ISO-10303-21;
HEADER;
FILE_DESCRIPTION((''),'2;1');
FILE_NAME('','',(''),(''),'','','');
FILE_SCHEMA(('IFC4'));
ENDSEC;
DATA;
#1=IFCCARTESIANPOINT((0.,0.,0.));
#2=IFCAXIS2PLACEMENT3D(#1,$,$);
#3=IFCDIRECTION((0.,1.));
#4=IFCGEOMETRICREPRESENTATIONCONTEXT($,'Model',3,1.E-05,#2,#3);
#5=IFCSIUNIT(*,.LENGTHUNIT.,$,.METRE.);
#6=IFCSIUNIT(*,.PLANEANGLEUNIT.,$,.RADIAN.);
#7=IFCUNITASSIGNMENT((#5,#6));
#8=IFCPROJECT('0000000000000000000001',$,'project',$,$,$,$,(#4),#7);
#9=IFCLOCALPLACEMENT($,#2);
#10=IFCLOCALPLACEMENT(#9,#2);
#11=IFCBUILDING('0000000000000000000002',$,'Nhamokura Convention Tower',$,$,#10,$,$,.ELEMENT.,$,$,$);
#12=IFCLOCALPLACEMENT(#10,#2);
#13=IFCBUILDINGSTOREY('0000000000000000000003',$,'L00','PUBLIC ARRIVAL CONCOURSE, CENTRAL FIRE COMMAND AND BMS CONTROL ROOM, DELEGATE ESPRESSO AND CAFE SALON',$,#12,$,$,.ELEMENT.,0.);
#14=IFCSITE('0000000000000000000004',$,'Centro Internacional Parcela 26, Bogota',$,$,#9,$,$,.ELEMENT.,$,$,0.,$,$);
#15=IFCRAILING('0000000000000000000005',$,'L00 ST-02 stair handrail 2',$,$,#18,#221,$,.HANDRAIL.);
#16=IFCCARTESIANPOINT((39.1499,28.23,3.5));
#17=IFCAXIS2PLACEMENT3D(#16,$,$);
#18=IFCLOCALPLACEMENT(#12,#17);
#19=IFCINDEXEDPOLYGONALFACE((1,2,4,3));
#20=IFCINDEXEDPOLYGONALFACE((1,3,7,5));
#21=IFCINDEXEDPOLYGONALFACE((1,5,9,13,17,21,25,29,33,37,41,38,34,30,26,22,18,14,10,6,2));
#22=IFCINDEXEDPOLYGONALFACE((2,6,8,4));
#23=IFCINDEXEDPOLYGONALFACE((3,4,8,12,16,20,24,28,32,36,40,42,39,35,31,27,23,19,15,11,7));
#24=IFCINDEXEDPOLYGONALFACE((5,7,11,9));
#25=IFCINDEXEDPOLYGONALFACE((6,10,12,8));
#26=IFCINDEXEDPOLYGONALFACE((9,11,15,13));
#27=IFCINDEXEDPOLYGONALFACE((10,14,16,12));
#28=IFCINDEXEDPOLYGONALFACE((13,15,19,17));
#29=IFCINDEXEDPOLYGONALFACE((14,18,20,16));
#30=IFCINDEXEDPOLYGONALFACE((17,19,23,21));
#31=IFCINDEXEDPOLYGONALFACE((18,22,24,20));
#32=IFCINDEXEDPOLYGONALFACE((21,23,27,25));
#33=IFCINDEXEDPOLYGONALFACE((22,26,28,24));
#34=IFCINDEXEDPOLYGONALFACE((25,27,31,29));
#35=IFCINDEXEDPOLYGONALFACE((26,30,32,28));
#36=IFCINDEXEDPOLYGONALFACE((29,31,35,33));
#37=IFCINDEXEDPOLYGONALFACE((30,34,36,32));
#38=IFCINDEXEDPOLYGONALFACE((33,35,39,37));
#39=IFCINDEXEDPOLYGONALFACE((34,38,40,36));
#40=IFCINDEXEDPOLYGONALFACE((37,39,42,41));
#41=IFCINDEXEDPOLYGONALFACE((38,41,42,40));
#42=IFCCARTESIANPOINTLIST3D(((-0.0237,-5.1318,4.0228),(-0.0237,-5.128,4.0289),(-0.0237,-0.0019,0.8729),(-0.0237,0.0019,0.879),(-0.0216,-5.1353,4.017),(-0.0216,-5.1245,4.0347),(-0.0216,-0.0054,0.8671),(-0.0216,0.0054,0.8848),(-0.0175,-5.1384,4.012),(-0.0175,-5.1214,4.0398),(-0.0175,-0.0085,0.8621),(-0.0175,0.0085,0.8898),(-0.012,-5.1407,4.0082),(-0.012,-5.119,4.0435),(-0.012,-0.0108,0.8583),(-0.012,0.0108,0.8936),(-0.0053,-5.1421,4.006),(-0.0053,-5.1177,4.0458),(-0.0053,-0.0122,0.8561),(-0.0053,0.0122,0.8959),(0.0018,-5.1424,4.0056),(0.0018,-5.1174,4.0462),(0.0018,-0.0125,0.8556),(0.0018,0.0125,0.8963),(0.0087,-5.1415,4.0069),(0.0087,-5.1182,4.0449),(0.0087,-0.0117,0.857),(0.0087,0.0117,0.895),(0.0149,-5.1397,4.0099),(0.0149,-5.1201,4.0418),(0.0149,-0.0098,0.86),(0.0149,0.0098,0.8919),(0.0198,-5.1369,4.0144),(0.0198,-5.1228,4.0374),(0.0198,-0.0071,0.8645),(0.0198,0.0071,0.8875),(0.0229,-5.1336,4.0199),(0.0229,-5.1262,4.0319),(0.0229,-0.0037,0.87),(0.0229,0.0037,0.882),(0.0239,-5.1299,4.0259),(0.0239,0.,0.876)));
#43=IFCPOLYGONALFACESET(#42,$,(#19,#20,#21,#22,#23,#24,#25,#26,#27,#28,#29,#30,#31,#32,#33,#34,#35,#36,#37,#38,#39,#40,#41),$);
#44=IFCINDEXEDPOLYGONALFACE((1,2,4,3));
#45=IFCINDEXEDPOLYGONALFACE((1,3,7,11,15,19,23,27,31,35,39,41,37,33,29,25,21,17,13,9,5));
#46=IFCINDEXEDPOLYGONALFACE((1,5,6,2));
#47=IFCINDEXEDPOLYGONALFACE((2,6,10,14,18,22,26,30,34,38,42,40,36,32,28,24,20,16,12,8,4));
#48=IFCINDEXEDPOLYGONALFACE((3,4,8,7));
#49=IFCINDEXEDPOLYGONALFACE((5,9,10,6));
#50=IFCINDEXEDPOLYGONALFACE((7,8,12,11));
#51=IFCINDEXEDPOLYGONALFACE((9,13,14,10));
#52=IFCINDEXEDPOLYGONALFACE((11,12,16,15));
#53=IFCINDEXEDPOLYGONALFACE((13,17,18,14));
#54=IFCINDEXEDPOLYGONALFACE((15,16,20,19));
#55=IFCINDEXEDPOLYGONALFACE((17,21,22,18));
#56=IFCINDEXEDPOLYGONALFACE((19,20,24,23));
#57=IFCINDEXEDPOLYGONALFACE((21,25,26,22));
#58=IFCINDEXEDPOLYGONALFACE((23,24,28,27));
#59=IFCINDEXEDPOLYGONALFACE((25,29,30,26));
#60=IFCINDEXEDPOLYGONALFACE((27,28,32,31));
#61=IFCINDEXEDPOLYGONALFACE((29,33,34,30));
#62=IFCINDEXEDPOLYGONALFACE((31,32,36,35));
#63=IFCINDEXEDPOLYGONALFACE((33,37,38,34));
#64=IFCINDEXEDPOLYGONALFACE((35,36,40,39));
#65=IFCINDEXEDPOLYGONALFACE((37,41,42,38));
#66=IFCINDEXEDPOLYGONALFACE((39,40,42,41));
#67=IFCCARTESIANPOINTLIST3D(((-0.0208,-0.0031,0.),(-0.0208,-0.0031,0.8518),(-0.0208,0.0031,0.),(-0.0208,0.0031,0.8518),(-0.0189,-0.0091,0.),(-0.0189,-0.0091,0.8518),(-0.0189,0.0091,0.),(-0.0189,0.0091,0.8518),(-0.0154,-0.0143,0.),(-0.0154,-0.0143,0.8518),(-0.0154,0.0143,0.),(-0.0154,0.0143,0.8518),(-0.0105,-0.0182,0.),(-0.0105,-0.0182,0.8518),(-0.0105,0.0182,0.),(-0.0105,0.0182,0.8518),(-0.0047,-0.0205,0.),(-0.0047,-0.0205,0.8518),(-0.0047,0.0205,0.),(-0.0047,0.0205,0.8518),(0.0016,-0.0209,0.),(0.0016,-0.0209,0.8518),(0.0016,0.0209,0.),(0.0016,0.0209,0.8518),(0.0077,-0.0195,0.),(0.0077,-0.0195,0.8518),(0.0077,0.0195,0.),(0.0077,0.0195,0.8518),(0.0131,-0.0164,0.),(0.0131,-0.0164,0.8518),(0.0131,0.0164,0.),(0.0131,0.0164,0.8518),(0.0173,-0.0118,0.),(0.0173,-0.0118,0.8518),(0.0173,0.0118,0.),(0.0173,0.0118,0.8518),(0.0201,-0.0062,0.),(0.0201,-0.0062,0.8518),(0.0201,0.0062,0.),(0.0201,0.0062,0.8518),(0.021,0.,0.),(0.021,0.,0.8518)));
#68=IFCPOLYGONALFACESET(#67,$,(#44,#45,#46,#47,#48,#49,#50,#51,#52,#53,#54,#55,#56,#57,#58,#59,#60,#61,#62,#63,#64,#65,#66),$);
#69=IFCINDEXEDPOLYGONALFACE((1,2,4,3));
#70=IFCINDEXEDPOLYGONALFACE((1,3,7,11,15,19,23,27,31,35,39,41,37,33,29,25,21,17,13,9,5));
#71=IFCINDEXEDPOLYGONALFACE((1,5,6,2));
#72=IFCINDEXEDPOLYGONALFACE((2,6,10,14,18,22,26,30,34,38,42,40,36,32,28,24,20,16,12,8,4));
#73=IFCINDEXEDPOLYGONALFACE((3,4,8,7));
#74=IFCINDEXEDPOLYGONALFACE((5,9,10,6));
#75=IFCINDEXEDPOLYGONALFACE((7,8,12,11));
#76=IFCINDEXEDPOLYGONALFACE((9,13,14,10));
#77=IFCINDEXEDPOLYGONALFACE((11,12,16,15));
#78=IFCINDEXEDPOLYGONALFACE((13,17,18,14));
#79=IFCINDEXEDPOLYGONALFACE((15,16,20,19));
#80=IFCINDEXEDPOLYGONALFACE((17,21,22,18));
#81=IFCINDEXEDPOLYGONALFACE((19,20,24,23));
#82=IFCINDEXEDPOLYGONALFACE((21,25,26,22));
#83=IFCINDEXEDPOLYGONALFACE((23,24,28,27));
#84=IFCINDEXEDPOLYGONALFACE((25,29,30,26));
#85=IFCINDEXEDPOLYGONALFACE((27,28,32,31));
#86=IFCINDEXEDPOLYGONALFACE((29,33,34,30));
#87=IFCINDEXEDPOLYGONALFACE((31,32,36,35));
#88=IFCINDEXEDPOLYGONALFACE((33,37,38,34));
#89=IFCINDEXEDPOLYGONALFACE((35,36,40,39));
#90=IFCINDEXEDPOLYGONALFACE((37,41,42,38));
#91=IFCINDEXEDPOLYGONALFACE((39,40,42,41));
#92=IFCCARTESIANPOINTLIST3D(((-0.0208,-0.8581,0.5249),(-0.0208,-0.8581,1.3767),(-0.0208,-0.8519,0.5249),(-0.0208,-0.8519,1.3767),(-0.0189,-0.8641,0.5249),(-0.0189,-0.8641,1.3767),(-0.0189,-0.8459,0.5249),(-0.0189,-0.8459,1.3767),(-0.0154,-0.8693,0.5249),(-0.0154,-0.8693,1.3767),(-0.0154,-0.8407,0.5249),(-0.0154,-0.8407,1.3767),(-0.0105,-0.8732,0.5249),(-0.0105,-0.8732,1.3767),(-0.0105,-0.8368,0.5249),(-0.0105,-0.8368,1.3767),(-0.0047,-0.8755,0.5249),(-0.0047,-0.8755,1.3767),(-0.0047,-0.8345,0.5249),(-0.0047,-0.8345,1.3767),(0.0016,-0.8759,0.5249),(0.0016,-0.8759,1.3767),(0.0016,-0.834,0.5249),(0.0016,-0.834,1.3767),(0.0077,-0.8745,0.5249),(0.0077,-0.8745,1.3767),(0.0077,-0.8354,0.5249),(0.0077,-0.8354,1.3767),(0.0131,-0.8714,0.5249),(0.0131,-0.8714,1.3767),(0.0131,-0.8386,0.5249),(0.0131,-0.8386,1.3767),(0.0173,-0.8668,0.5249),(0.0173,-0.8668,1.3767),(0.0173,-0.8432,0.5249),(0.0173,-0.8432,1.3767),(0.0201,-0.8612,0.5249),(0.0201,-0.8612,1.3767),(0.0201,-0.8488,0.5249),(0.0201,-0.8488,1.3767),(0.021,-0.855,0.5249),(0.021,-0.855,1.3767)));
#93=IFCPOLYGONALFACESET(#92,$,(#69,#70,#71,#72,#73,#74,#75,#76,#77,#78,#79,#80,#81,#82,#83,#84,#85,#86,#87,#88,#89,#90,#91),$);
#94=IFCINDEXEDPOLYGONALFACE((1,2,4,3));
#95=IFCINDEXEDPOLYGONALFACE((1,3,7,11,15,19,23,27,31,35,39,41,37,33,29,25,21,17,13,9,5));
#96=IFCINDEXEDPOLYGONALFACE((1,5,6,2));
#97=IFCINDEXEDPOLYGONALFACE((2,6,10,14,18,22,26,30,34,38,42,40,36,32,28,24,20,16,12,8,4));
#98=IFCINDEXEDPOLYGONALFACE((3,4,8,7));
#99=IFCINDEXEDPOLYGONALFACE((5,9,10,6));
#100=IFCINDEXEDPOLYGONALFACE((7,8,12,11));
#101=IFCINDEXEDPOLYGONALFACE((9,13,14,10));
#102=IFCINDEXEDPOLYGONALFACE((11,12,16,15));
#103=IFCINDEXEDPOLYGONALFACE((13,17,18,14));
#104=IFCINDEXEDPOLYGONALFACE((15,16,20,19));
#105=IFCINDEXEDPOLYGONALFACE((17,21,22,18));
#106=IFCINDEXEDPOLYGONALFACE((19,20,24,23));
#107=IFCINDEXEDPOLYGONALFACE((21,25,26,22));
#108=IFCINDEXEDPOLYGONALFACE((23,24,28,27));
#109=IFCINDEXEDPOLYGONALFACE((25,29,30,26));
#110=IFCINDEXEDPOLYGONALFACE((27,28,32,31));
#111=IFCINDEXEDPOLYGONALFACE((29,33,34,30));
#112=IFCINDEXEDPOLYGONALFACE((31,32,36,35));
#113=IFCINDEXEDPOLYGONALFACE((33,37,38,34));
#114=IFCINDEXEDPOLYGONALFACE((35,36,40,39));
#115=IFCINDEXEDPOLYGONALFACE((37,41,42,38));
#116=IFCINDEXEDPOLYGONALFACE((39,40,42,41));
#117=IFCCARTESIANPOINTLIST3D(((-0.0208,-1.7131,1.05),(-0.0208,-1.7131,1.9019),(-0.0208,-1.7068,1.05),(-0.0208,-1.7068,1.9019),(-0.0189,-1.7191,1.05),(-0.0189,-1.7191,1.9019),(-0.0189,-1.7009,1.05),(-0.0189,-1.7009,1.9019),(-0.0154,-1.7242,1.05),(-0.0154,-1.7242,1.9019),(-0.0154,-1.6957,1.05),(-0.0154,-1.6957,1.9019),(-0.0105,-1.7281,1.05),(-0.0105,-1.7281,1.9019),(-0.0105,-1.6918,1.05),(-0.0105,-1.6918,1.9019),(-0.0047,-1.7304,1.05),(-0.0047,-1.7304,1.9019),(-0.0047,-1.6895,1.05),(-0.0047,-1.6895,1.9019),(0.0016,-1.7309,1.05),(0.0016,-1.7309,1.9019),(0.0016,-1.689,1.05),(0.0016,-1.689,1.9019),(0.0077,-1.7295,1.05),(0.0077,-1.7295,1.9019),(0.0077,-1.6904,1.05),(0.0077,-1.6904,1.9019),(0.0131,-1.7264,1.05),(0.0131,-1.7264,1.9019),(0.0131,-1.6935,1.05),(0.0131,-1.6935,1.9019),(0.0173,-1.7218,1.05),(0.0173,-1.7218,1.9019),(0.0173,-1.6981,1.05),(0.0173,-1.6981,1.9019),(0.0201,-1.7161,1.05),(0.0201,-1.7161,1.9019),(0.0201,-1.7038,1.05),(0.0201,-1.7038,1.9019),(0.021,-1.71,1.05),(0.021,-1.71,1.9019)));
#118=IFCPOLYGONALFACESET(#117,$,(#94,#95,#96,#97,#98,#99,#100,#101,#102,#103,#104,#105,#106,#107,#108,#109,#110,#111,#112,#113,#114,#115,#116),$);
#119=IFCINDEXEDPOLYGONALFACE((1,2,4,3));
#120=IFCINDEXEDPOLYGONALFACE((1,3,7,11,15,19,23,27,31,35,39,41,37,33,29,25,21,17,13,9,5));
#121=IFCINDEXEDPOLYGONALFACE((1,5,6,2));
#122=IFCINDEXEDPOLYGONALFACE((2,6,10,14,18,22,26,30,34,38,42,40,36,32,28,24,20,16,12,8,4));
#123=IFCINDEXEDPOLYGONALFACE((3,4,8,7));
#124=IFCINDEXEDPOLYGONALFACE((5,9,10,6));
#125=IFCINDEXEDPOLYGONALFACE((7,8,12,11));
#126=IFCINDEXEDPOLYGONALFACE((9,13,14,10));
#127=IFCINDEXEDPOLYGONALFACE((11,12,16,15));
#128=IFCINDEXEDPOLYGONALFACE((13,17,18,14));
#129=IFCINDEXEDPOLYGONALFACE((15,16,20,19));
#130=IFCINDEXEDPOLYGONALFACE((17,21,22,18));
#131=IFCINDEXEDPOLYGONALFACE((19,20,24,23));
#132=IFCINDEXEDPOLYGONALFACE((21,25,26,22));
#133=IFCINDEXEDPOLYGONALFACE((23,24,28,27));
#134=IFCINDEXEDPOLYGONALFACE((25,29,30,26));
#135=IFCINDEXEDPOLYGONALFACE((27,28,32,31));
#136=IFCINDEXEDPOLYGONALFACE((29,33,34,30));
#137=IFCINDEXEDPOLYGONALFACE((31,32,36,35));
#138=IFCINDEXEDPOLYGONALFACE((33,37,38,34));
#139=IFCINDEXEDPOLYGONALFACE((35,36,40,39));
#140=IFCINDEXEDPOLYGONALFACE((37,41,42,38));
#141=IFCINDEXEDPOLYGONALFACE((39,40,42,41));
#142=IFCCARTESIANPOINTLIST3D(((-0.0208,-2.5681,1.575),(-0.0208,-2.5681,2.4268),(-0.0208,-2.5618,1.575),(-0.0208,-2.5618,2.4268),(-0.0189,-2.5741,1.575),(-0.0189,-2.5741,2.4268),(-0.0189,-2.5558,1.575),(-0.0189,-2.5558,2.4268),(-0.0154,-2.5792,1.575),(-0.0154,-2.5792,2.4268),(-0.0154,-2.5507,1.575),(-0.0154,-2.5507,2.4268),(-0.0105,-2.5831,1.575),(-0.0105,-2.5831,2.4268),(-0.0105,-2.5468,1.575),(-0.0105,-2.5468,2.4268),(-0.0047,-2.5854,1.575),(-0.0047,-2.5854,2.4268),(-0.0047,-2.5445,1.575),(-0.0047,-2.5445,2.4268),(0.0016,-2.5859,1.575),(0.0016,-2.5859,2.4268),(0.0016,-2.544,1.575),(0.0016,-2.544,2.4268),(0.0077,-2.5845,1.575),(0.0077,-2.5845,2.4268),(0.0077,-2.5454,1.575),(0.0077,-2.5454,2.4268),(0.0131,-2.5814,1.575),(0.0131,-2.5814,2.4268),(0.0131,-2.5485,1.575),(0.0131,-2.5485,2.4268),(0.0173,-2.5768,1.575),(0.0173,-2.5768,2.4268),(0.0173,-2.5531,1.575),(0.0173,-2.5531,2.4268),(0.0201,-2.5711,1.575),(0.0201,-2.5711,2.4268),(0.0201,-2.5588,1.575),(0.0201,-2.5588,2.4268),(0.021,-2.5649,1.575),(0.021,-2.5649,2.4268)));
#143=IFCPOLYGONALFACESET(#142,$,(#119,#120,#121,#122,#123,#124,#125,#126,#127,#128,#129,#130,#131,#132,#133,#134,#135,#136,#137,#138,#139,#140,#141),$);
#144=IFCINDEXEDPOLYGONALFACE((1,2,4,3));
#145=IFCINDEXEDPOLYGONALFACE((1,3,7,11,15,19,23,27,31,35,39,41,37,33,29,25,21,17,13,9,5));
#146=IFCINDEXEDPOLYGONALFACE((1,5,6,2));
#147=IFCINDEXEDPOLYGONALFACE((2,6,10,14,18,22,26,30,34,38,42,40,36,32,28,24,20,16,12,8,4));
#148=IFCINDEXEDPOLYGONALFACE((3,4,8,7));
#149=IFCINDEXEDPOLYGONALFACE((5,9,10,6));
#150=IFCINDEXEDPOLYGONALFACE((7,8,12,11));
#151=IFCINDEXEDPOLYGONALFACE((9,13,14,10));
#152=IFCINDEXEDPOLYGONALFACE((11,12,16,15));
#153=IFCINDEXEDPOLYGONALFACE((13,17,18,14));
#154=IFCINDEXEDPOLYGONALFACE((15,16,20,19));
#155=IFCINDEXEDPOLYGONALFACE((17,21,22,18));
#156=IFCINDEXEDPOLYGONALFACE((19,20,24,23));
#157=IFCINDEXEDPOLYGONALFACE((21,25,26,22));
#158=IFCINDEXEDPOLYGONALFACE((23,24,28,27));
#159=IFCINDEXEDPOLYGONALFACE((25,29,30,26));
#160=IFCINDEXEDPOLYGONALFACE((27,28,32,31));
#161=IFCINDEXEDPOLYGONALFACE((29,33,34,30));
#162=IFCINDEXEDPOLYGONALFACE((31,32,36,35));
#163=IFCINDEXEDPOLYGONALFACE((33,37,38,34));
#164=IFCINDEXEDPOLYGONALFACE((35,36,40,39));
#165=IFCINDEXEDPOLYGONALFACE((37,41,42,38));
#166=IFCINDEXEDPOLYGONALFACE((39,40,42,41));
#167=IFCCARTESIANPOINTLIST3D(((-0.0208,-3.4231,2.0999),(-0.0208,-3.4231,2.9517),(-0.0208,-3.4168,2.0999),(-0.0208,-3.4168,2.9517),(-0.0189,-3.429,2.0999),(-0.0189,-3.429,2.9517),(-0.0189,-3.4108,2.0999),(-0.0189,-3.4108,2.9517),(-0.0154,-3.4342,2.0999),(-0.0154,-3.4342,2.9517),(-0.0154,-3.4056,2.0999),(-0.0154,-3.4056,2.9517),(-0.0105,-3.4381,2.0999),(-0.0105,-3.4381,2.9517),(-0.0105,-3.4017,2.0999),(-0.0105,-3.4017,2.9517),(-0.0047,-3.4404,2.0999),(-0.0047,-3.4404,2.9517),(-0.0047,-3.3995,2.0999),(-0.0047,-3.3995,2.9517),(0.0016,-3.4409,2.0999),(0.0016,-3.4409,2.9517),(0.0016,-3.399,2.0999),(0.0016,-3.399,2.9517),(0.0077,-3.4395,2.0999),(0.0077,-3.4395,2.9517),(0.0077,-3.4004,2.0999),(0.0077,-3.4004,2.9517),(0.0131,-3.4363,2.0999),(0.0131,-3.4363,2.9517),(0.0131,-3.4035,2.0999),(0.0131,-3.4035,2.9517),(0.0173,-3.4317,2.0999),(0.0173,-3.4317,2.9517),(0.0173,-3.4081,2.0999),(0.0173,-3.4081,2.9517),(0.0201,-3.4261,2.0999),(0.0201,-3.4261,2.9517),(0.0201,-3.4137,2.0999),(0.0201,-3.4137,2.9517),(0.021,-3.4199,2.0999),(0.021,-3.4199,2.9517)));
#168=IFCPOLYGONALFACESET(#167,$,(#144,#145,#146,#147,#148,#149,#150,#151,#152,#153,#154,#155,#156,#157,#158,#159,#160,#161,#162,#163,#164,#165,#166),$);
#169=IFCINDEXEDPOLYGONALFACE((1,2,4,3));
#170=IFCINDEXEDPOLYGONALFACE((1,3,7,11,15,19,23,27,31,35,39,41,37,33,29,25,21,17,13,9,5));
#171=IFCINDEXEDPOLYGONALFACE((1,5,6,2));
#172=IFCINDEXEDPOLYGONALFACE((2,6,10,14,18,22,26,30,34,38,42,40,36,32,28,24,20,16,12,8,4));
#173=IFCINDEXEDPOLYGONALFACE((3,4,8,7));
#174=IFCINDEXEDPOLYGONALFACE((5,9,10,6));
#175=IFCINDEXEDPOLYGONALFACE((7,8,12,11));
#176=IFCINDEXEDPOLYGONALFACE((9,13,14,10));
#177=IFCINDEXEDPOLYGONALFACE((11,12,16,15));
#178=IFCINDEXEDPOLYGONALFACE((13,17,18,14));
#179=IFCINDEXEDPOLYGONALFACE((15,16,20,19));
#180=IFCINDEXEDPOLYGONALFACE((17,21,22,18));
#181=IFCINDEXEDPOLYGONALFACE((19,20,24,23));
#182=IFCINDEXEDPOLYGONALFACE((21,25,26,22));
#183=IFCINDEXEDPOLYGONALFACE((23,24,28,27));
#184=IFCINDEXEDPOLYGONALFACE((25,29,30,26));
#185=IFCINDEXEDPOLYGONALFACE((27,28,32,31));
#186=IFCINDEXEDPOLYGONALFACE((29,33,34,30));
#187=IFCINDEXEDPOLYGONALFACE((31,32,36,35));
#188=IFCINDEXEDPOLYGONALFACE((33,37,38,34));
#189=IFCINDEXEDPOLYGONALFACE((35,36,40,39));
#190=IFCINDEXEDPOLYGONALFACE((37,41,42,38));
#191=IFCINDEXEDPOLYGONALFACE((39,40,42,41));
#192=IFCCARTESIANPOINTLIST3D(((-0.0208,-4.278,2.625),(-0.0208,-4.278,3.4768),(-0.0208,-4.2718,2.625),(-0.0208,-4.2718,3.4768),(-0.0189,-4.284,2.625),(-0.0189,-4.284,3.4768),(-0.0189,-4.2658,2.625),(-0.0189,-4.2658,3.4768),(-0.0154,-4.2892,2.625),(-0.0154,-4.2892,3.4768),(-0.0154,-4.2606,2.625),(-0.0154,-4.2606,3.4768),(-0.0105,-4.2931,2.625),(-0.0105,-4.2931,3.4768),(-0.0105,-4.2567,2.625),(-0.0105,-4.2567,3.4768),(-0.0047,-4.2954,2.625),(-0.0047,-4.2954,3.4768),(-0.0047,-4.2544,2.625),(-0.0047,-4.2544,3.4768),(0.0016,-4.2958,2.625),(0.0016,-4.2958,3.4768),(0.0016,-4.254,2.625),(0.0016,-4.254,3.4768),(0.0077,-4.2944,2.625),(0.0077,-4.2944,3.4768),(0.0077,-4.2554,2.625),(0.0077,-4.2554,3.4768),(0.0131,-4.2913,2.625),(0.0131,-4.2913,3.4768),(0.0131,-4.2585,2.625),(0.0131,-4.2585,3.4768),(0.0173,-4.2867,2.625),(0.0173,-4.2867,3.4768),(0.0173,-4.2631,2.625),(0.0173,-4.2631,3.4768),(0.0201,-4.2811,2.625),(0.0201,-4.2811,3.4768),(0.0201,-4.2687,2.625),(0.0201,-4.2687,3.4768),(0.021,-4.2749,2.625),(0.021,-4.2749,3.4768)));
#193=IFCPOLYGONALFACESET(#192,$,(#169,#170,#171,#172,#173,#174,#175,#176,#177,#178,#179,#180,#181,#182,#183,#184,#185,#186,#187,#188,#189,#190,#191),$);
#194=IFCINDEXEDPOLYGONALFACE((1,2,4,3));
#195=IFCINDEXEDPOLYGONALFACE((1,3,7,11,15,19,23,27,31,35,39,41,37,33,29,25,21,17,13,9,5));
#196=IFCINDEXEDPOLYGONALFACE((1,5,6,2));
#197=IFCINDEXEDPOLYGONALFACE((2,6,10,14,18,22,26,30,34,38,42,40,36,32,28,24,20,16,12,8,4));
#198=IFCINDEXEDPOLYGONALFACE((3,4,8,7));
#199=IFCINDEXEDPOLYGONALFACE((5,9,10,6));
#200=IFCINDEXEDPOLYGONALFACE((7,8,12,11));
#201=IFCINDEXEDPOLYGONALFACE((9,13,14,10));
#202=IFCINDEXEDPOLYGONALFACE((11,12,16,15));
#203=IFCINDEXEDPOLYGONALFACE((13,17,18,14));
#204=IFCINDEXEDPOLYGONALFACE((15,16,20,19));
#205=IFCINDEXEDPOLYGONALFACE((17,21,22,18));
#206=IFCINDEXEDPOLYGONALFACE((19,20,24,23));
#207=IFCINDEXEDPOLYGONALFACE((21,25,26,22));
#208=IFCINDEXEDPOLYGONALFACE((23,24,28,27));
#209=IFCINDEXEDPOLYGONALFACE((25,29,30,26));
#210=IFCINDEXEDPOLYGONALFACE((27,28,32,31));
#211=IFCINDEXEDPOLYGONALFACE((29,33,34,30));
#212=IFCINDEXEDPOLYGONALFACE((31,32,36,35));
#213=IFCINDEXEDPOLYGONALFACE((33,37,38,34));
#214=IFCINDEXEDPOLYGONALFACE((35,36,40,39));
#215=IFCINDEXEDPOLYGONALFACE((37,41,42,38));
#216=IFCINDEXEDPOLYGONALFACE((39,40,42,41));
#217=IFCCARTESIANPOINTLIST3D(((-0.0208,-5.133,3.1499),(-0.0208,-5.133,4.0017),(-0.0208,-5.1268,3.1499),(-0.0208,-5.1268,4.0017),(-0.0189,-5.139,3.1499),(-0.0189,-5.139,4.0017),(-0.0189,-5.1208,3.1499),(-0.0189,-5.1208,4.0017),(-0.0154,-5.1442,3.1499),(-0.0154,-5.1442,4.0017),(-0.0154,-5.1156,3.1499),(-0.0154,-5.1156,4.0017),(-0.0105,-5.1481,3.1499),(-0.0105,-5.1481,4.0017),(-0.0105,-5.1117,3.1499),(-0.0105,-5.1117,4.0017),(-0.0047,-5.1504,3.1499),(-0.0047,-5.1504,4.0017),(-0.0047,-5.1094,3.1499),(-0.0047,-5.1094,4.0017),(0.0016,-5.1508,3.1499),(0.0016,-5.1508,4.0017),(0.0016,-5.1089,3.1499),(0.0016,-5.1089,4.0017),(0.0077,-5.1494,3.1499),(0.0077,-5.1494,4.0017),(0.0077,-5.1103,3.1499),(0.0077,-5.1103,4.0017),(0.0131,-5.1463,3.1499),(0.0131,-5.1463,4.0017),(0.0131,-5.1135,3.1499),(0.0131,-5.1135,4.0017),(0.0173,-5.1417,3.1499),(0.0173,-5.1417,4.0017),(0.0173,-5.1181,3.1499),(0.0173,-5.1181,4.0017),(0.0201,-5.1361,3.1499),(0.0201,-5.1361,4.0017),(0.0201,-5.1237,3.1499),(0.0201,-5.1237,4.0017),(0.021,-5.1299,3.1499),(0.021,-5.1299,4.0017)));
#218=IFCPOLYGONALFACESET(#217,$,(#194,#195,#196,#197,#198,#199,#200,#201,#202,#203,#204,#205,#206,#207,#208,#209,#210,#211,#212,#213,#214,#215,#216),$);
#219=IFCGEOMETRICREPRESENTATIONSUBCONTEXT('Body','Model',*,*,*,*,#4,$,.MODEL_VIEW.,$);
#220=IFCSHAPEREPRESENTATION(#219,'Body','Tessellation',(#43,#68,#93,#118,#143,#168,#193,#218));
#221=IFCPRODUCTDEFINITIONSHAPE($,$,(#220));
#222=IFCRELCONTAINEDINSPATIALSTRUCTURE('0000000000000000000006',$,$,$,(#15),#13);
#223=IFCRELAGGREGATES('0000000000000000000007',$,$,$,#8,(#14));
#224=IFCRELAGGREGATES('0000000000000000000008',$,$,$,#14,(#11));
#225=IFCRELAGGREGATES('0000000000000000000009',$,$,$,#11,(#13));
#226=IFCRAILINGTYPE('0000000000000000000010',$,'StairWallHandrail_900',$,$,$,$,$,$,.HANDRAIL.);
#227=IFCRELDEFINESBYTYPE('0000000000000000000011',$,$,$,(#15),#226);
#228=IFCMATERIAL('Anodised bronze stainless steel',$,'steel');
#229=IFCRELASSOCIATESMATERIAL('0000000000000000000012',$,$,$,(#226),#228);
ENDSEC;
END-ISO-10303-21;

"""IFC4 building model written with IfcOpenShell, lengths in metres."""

from ifc_helpers import new_model, si_unit, direction, frame, origin, origin_2d, place, context, subcontext, project, spatial, circle, extrude, material, type_object, element, save


model = new_model("IFC4")

# Units and contexts
model_context = context("Model", 3, precision=1e-05, world=origin(), true_north=direction((0.0, 1.0)))
body_context = subcontext(model_context, "Body", "Model", "MODEL_VIEW")
ifc_project = project(units=[si_unit("LENGTHUNIT", "METRE"), si_unit("PLANEANGLEUNIT", "RADIAN")], contexts=[model_context])

# Site, building, storey
site_placement = place(None, origin())
site = spatial("IfcSite", under=ifc_project, at=site_placement, Name="Centro Internacional Parcela 26, Bogota", CompositionType="ELEMENT", RefElevation=0.0)
building_placement = place(site_placement, origin())
building = spatial("IfcBuilding", under=site, at=building_placement, Name="Nhamokura Convention Tower", CompositionType="ELEMENT")
storey_placement = place(building_placement, origin())
storey = spatial("IfcBuildingStorey", under=building, at=storey_placement, Name="L00", Description="PUBLIC ARRIVAL CONCOURSE, CENTRAL FIRE COMMAND AND BMS CONTROL ROOM, DELEGATE ESPRESSO AND CAFE SALON", CompositionType="ELEMENT", Elevation=0.0)

# Railing
ifc_material_1 = material(Name="Anodised bronze stainless steel", Category="steel")
railing_type_1 = type_object("IfcRailingType", Name="StairWallHandrail_900", PredefinedType="HANDRAIL", material=ifc_material_1)
railing_1_placement = place(storey_placement, frame((39.1499, 28.23, 3.5)))
element("IfcRailing", 1, at=railing_1_placement, inside=storey, type_object=railing_type_1, Name="L00 ST-02 stair handrail 2", PredefinedType="HANDRAIL", context=body_context, shape_type="SweptSolid", body=[
    extrude(circle(Radius=0.0239, at=origin_2d()), frame((0.0, 0.0, 0.876), z_axis=(0.0, -0.852173, 0.52326), x_axis=(1.0, 0.0, 0.0)), (0.0, 0.0, 1.0), 6.0198),
    extrude(circle(Radius=0.021, at=origin_2d()), origin(), (0.0, 0.0, 1.0), 0.8518),
    extrude(circle(Radius=0.021, at=origin_2d()), frame((0.0, -0.855, 0.5249)), (0.0, 0.0, 1.0), 0.8518),
    extrude(circle(Radius=0.021, at=origin_2d()), frame((0.0, -1.71, 1.05)), (0.0, 0.0, 1.0), 0.8518),
    extrude(circle(Radius=0.021, at=origin_2d()), frame((0.0, -2.5649, 1.575)), (0.0, 0.0, 1.0), 0.8518),
    extrude(circle(Radius=0.021, at=origin_2d()), frame((0.0, -3.4199, 2.0999)), (0.0, 0.0, 1.0), 0.8518),
    extrude(circle(Radius=0.021, at=origin_2d()), frame((0.0, -4.2749, 2.625)), (0.0, 0.0, 1.0), 0.8518),
    extrude(circle(Radius=0.021, at=origin_2d()), frame((0.0, -5.1299, 3.1499)), (0.0, 0.0, 1.0), 0.8518),
])

save(model, "model.ifc")
